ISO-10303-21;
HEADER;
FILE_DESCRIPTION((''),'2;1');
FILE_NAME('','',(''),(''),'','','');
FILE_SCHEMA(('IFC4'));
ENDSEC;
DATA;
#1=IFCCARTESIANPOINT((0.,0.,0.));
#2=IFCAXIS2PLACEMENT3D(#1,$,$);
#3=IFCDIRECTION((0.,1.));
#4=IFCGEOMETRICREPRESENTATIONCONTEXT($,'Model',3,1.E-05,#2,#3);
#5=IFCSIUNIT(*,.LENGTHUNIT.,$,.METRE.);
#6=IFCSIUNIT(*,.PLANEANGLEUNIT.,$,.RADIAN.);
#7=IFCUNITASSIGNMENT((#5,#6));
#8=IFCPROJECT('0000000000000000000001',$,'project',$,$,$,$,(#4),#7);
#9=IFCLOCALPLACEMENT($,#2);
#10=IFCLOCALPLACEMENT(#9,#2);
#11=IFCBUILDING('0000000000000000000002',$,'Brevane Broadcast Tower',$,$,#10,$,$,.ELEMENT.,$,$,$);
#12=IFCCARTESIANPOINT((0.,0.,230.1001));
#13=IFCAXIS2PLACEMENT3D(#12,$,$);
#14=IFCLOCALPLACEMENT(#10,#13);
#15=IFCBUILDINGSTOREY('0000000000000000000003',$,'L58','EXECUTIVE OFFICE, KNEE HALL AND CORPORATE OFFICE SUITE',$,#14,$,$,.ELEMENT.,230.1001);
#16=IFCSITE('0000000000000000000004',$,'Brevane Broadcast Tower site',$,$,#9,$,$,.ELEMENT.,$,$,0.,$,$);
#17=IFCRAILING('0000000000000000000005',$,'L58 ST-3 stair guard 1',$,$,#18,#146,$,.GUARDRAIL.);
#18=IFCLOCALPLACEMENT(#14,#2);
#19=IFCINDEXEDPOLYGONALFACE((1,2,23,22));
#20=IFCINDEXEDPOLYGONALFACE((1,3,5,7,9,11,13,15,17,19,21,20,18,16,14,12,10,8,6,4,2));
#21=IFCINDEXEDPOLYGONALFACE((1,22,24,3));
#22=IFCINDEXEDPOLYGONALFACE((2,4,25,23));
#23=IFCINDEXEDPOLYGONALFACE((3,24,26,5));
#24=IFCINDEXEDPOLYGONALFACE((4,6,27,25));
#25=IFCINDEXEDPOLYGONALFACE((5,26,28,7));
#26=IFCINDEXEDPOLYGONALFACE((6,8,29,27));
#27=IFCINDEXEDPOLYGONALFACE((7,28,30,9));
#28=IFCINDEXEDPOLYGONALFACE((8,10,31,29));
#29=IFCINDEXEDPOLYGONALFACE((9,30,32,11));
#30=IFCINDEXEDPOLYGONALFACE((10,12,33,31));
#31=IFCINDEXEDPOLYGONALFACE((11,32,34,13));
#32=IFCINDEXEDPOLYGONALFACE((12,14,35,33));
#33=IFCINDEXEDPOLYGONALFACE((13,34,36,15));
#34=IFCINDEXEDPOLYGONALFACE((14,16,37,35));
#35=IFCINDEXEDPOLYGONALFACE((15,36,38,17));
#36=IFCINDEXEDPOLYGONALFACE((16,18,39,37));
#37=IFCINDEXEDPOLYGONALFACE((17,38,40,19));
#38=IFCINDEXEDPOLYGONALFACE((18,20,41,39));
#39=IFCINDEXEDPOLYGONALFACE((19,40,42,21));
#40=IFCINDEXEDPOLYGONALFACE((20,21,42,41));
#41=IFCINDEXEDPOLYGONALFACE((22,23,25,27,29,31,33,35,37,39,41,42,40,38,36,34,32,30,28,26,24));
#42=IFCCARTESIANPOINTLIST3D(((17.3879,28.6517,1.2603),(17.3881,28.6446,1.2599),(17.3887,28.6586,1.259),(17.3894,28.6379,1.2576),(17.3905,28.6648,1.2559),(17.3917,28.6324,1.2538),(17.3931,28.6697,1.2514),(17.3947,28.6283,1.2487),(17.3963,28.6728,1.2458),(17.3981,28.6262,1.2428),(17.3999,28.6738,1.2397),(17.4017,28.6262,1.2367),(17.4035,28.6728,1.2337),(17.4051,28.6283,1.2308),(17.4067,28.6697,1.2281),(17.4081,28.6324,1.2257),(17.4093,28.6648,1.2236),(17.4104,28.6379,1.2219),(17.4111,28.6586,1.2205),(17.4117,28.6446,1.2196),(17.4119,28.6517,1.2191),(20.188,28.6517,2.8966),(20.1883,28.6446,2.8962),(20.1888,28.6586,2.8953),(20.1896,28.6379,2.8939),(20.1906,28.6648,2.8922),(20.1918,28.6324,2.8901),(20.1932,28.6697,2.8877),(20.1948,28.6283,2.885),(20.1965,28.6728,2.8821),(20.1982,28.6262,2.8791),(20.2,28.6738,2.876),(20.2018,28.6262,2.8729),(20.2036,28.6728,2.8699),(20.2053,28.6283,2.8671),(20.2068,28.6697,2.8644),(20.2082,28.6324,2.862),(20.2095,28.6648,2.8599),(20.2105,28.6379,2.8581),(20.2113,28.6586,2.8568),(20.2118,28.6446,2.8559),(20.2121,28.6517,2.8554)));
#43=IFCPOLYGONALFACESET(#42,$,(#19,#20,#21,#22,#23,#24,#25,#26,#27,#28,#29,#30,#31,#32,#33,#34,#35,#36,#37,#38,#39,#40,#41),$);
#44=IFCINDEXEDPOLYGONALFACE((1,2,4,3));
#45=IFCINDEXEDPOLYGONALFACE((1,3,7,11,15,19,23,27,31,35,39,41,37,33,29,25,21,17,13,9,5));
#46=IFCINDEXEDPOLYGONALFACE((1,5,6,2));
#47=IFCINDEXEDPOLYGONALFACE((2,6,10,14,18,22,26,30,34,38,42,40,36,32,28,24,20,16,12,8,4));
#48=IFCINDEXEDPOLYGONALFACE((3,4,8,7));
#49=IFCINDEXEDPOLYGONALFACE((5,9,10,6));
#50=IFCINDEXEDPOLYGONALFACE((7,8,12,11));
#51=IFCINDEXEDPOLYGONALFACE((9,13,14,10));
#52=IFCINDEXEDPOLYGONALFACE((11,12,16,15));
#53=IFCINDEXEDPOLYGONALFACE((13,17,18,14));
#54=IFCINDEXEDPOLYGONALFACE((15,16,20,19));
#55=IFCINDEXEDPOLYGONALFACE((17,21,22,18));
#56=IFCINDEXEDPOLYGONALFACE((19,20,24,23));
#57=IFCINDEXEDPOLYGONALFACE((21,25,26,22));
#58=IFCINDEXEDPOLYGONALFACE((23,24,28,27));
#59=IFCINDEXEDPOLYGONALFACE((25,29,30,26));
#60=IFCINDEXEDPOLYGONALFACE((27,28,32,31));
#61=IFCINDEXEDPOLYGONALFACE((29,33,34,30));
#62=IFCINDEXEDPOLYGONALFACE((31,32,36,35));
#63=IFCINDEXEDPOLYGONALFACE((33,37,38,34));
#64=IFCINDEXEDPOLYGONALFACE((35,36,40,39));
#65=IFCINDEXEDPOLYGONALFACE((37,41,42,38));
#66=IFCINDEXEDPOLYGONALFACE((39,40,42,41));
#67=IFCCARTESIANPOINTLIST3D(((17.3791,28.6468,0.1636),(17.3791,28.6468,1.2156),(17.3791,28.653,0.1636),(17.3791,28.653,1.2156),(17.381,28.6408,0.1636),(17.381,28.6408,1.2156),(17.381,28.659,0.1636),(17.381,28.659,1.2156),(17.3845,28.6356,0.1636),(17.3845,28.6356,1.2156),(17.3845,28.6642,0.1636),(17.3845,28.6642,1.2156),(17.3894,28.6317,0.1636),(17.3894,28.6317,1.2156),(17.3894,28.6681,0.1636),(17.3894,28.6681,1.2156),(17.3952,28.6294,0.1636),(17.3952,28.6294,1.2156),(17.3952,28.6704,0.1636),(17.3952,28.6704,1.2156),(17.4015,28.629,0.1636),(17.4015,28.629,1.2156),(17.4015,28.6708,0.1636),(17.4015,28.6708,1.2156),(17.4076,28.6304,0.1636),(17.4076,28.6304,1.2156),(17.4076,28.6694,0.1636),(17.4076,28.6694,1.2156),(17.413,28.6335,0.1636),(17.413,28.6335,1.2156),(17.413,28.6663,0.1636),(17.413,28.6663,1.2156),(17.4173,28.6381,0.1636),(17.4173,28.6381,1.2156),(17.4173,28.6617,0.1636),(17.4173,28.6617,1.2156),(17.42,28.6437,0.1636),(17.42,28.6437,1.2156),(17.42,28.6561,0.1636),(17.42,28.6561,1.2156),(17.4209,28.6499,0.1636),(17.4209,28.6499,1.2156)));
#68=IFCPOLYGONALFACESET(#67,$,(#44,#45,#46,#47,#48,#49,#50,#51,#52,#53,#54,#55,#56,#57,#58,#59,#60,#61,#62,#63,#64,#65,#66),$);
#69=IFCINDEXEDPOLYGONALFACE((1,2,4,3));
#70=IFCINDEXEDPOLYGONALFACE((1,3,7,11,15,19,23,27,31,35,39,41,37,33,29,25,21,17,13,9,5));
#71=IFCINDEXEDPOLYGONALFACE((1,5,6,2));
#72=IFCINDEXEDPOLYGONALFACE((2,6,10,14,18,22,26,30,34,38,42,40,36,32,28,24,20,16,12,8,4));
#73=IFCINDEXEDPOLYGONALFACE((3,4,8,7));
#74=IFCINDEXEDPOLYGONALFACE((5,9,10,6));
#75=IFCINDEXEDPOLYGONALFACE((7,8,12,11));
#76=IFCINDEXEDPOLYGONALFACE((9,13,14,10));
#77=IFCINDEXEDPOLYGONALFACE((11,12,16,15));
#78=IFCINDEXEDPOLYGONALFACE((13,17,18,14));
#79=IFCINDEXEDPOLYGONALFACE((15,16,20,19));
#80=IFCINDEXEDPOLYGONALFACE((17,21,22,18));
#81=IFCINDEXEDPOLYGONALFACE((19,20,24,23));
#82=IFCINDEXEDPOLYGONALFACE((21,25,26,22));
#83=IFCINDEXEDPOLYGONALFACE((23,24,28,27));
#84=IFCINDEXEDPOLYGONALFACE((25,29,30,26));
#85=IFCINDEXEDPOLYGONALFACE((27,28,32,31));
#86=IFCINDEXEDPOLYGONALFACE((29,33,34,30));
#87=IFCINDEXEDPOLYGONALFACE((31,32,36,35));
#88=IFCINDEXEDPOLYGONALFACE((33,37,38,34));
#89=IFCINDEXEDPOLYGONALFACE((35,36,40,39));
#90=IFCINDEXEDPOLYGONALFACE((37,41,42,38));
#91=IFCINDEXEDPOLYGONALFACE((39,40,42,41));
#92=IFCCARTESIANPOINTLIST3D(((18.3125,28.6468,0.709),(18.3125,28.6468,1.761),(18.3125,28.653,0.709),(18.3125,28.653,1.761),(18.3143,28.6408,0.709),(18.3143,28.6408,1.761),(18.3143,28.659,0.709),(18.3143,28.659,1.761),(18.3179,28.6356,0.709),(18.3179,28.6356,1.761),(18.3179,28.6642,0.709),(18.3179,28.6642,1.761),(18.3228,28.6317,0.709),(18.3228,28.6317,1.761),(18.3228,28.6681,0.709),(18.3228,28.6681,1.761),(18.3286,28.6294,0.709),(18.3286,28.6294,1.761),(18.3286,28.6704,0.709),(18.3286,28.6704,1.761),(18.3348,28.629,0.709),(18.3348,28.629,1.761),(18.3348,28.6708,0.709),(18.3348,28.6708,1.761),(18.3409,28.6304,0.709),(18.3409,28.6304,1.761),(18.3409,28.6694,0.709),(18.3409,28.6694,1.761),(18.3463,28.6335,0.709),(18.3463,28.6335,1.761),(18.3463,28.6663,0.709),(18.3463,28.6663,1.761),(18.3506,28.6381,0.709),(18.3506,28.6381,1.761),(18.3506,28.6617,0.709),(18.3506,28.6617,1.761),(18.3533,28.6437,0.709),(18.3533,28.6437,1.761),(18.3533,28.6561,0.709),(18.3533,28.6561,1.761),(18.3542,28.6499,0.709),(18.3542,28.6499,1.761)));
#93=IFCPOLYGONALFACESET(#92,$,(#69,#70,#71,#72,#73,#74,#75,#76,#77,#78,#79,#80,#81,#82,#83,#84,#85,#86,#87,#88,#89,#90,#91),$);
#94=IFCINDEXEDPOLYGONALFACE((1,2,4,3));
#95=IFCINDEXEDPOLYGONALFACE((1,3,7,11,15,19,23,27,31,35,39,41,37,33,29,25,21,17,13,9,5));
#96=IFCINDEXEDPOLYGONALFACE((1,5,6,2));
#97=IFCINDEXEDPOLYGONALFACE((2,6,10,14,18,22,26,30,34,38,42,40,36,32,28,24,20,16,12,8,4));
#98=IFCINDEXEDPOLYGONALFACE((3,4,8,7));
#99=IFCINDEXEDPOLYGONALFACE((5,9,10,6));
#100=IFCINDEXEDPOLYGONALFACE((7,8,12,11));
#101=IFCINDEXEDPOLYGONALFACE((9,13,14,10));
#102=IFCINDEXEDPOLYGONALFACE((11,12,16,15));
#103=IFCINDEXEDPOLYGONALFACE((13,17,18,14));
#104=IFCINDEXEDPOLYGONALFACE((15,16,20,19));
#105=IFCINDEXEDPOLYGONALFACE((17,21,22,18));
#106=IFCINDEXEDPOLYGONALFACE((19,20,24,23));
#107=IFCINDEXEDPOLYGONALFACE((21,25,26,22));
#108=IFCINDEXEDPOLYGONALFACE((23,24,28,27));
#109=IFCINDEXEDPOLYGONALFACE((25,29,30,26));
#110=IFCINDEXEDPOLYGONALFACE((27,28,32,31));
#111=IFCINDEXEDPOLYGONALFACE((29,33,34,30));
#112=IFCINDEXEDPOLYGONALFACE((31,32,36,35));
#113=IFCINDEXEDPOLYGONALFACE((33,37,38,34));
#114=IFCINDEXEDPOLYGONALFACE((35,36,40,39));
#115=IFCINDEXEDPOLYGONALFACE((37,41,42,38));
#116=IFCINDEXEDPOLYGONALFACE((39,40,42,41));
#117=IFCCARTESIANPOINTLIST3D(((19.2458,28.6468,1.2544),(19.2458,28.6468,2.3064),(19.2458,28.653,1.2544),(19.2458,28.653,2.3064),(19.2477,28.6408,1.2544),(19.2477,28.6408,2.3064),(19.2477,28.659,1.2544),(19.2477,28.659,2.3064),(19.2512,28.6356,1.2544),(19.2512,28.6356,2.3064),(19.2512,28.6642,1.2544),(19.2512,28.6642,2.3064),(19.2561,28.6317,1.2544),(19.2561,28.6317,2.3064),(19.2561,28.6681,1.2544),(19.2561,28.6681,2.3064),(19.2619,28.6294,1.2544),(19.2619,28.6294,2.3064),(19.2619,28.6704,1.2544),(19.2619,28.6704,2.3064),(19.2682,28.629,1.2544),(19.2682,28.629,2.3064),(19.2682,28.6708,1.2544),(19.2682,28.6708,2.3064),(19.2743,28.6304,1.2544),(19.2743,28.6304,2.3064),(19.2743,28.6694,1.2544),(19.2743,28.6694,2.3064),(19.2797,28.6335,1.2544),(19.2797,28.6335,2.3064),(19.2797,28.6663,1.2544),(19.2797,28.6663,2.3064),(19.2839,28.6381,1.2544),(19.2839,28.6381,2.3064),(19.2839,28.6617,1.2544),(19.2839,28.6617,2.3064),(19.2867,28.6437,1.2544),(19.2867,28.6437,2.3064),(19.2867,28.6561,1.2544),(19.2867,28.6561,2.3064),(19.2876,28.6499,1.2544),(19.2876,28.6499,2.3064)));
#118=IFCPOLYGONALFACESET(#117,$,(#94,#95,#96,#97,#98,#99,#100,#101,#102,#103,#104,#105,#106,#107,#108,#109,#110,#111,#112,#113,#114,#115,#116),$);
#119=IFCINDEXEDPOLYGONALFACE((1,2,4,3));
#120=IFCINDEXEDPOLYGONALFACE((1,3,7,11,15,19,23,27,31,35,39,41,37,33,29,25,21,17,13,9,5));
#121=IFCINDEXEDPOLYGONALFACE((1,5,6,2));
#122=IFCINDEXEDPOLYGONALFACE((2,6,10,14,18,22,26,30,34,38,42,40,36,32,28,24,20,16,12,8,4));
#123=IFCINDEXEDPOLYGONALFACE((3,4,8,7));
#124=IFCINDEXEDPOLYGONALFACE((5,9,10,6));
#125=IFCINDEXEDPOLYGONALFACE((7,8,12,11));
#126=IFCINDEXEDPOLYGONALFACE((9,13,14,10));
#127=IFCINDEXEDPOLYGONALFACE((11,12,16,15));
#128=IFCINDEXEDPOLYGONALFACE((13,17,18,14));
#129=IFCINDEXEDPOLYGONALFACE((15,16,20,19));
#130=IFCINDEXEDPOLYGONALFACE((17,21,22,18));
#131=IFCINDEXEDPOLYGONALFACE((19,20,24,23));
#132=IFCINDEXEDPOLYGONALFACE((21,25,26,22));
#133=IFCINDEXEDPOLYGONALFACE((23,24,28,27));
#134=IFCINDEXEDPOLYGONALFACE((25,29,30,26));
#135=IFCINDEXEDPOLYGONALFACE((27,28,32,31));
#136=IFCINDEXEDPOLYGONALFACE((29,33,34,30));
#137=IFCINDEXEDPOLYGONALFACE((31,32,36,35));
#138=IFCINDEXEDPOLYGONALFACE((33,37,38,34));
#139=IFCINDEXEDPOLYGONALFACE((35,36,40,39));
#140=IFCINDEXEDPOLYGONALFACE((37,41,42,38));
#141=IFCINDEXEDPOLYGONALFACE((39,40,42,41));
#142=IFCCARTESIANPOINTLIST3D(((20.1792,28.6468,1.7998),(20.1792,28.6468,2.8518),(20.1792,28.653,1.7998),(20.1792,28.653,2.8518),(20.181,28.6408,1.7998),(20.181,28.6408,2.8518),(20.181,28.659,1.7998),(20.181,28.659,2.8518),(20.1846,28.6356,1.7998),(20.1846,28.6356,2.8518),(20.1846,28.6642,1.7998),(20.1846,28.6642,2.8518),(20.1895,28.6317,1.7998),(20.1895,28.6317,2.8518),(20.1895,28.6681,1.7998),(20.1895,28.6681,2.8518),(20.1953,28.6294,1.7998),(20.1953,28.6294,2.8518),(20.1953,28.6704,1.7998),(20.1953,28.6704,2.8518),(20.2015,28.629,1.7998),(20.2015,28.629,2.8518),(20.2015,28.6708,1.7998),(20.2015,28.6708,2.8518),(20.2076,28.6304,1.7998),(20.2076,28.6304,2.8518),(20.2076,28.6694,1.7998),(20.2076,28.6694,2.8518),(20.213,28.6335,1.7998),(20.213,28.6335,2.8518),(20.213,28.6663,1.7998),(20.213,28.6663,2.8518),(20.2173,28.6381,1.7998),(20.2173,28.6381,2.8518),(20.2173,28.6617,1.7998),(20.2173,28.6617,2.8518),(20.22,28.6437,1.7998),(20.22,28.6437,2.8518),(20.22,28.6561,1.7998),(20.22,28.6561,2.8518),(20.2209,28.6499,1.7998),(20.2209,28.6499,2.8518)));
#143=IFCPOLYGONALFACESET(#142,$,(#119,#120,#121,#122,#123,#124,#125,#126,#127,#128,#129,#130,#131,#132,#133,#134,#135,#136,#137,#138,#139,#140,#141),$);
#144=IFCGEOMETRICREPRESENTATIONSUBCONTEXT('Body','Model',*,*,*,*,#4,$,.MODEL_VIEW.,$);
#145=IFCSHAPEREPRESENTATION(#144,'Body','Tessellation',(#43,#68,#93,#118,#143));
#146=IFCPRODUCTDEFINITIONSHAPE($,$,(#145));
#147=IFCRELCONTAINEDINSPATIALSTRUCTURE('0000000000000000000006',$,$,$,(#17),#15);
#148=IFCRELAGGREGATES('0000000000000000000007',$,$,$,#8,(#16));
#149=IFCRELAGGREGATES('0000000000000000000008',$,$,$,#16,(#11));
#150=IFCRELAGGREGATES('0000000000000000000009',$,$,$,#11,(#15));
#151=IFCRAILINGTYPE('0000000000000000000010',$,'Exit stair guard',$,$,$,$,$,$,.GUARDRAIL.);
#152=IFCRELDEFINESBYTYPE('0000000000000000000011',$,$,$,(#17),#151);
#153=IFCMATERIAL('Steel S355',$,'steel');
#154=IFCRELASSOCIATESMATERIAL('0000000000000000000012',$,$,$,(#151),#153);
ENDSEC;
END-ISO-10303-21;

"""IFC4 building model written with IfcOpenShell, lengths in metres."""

from ifc_helpers import new_model, si_unit, direction, frame, origin, origin_2d, place, context, subcontext, project, spatial, circle, extrude, material, type_object, element, save


model = new_model("IFC4")

# Units and contexts
model_context = context("Model", 3, precision=1e-05, world=origin(), true_north=direction((0.0, 1.0)))
body_context = subcontext(model_context, "Body", "Model", "MODEL_VIEW")
ifc_project = project(units=[si_unit("LENGTHUNIT", "METRE"), si_unit("PLANEANGLEUNIT", "RADIAN")], contexts=[model_context])

# Site, building, storey
site_placement = place(None, origin())
site = spatial("IfcSite", under=ifc_project, at=site_placement, Name="Brevane Broadcast Tower site", CompositionType="ELEMENT", RefElevation=0.0)
building_placement = place(site_placement, origin())
building = spatial("IfcBuilding", under=site, at=building_placement, Name="Brevane Broadcast Tower", CompositionType="ELEMENT")
storey_placement = place(building_placement, frame((0.0, 0.0, 230.1001)))
storey = spatial("IfcBuildingStorey", under=building, at=storey_placement, Name="L58", Description="EXECUTIVE OFFICE, KNEE HALL AND CORPORATE OFFICE SUITE", CompositionType="ELEMENT", Elevation=230.1001)

# Railing
ifc_material_1 = material(Name="Steel S355", Category="steel")
railing_type_1 = type_object("IfcRailingType", Name="Exit stair guard", PredefinedType="GUARDRAIL", material=ifc_material_1)
railing_1_placement = place(storey_placement, frame((17.3999, 28.6499, 0.1636)))
element("IfcRailing", 1, at=railing_1_placement, inside=storey, type_object=railing_type_1, Name="L58 ST-3 stair guard 1", PredefinedType="GUARDRAIL", context=body_context, shape_type="SweptSolid", body=[
    extrude(circle(Radius=0.0239, at=origin_2d()), frame((0.0, 0.0, 1.0762), z_axis=(0.863394, 0.0, 0.504531), x_axis=(0.0, 1.0, 0.0)), (0.0, 0.0, 1.0), 3.2432),
    extrude(circle(Radius=0.021, at=origin_2d()), origin(), (0.0, 0.0, 1.0), 1.052),
    extrude(circle(Radius=0.021, at=origin_2d()), frame((0.9333, 0.0, 0.5454)), (0.0, 0.0, 1.0), 1.052),
    extrude(circle(Radius=0.021, at=origin_2d()), frame((1.8667, 0.0, 1.0908)), (0.0, 0.0, 1.0), 1.052),
    extrude(circle(Radius=0.021, at=origin_2d()), frame((2.8, 0.0, 1.6362)), (0.0, 0.0, 1.0), 1.052),
])

save(model, "model.ifc")
